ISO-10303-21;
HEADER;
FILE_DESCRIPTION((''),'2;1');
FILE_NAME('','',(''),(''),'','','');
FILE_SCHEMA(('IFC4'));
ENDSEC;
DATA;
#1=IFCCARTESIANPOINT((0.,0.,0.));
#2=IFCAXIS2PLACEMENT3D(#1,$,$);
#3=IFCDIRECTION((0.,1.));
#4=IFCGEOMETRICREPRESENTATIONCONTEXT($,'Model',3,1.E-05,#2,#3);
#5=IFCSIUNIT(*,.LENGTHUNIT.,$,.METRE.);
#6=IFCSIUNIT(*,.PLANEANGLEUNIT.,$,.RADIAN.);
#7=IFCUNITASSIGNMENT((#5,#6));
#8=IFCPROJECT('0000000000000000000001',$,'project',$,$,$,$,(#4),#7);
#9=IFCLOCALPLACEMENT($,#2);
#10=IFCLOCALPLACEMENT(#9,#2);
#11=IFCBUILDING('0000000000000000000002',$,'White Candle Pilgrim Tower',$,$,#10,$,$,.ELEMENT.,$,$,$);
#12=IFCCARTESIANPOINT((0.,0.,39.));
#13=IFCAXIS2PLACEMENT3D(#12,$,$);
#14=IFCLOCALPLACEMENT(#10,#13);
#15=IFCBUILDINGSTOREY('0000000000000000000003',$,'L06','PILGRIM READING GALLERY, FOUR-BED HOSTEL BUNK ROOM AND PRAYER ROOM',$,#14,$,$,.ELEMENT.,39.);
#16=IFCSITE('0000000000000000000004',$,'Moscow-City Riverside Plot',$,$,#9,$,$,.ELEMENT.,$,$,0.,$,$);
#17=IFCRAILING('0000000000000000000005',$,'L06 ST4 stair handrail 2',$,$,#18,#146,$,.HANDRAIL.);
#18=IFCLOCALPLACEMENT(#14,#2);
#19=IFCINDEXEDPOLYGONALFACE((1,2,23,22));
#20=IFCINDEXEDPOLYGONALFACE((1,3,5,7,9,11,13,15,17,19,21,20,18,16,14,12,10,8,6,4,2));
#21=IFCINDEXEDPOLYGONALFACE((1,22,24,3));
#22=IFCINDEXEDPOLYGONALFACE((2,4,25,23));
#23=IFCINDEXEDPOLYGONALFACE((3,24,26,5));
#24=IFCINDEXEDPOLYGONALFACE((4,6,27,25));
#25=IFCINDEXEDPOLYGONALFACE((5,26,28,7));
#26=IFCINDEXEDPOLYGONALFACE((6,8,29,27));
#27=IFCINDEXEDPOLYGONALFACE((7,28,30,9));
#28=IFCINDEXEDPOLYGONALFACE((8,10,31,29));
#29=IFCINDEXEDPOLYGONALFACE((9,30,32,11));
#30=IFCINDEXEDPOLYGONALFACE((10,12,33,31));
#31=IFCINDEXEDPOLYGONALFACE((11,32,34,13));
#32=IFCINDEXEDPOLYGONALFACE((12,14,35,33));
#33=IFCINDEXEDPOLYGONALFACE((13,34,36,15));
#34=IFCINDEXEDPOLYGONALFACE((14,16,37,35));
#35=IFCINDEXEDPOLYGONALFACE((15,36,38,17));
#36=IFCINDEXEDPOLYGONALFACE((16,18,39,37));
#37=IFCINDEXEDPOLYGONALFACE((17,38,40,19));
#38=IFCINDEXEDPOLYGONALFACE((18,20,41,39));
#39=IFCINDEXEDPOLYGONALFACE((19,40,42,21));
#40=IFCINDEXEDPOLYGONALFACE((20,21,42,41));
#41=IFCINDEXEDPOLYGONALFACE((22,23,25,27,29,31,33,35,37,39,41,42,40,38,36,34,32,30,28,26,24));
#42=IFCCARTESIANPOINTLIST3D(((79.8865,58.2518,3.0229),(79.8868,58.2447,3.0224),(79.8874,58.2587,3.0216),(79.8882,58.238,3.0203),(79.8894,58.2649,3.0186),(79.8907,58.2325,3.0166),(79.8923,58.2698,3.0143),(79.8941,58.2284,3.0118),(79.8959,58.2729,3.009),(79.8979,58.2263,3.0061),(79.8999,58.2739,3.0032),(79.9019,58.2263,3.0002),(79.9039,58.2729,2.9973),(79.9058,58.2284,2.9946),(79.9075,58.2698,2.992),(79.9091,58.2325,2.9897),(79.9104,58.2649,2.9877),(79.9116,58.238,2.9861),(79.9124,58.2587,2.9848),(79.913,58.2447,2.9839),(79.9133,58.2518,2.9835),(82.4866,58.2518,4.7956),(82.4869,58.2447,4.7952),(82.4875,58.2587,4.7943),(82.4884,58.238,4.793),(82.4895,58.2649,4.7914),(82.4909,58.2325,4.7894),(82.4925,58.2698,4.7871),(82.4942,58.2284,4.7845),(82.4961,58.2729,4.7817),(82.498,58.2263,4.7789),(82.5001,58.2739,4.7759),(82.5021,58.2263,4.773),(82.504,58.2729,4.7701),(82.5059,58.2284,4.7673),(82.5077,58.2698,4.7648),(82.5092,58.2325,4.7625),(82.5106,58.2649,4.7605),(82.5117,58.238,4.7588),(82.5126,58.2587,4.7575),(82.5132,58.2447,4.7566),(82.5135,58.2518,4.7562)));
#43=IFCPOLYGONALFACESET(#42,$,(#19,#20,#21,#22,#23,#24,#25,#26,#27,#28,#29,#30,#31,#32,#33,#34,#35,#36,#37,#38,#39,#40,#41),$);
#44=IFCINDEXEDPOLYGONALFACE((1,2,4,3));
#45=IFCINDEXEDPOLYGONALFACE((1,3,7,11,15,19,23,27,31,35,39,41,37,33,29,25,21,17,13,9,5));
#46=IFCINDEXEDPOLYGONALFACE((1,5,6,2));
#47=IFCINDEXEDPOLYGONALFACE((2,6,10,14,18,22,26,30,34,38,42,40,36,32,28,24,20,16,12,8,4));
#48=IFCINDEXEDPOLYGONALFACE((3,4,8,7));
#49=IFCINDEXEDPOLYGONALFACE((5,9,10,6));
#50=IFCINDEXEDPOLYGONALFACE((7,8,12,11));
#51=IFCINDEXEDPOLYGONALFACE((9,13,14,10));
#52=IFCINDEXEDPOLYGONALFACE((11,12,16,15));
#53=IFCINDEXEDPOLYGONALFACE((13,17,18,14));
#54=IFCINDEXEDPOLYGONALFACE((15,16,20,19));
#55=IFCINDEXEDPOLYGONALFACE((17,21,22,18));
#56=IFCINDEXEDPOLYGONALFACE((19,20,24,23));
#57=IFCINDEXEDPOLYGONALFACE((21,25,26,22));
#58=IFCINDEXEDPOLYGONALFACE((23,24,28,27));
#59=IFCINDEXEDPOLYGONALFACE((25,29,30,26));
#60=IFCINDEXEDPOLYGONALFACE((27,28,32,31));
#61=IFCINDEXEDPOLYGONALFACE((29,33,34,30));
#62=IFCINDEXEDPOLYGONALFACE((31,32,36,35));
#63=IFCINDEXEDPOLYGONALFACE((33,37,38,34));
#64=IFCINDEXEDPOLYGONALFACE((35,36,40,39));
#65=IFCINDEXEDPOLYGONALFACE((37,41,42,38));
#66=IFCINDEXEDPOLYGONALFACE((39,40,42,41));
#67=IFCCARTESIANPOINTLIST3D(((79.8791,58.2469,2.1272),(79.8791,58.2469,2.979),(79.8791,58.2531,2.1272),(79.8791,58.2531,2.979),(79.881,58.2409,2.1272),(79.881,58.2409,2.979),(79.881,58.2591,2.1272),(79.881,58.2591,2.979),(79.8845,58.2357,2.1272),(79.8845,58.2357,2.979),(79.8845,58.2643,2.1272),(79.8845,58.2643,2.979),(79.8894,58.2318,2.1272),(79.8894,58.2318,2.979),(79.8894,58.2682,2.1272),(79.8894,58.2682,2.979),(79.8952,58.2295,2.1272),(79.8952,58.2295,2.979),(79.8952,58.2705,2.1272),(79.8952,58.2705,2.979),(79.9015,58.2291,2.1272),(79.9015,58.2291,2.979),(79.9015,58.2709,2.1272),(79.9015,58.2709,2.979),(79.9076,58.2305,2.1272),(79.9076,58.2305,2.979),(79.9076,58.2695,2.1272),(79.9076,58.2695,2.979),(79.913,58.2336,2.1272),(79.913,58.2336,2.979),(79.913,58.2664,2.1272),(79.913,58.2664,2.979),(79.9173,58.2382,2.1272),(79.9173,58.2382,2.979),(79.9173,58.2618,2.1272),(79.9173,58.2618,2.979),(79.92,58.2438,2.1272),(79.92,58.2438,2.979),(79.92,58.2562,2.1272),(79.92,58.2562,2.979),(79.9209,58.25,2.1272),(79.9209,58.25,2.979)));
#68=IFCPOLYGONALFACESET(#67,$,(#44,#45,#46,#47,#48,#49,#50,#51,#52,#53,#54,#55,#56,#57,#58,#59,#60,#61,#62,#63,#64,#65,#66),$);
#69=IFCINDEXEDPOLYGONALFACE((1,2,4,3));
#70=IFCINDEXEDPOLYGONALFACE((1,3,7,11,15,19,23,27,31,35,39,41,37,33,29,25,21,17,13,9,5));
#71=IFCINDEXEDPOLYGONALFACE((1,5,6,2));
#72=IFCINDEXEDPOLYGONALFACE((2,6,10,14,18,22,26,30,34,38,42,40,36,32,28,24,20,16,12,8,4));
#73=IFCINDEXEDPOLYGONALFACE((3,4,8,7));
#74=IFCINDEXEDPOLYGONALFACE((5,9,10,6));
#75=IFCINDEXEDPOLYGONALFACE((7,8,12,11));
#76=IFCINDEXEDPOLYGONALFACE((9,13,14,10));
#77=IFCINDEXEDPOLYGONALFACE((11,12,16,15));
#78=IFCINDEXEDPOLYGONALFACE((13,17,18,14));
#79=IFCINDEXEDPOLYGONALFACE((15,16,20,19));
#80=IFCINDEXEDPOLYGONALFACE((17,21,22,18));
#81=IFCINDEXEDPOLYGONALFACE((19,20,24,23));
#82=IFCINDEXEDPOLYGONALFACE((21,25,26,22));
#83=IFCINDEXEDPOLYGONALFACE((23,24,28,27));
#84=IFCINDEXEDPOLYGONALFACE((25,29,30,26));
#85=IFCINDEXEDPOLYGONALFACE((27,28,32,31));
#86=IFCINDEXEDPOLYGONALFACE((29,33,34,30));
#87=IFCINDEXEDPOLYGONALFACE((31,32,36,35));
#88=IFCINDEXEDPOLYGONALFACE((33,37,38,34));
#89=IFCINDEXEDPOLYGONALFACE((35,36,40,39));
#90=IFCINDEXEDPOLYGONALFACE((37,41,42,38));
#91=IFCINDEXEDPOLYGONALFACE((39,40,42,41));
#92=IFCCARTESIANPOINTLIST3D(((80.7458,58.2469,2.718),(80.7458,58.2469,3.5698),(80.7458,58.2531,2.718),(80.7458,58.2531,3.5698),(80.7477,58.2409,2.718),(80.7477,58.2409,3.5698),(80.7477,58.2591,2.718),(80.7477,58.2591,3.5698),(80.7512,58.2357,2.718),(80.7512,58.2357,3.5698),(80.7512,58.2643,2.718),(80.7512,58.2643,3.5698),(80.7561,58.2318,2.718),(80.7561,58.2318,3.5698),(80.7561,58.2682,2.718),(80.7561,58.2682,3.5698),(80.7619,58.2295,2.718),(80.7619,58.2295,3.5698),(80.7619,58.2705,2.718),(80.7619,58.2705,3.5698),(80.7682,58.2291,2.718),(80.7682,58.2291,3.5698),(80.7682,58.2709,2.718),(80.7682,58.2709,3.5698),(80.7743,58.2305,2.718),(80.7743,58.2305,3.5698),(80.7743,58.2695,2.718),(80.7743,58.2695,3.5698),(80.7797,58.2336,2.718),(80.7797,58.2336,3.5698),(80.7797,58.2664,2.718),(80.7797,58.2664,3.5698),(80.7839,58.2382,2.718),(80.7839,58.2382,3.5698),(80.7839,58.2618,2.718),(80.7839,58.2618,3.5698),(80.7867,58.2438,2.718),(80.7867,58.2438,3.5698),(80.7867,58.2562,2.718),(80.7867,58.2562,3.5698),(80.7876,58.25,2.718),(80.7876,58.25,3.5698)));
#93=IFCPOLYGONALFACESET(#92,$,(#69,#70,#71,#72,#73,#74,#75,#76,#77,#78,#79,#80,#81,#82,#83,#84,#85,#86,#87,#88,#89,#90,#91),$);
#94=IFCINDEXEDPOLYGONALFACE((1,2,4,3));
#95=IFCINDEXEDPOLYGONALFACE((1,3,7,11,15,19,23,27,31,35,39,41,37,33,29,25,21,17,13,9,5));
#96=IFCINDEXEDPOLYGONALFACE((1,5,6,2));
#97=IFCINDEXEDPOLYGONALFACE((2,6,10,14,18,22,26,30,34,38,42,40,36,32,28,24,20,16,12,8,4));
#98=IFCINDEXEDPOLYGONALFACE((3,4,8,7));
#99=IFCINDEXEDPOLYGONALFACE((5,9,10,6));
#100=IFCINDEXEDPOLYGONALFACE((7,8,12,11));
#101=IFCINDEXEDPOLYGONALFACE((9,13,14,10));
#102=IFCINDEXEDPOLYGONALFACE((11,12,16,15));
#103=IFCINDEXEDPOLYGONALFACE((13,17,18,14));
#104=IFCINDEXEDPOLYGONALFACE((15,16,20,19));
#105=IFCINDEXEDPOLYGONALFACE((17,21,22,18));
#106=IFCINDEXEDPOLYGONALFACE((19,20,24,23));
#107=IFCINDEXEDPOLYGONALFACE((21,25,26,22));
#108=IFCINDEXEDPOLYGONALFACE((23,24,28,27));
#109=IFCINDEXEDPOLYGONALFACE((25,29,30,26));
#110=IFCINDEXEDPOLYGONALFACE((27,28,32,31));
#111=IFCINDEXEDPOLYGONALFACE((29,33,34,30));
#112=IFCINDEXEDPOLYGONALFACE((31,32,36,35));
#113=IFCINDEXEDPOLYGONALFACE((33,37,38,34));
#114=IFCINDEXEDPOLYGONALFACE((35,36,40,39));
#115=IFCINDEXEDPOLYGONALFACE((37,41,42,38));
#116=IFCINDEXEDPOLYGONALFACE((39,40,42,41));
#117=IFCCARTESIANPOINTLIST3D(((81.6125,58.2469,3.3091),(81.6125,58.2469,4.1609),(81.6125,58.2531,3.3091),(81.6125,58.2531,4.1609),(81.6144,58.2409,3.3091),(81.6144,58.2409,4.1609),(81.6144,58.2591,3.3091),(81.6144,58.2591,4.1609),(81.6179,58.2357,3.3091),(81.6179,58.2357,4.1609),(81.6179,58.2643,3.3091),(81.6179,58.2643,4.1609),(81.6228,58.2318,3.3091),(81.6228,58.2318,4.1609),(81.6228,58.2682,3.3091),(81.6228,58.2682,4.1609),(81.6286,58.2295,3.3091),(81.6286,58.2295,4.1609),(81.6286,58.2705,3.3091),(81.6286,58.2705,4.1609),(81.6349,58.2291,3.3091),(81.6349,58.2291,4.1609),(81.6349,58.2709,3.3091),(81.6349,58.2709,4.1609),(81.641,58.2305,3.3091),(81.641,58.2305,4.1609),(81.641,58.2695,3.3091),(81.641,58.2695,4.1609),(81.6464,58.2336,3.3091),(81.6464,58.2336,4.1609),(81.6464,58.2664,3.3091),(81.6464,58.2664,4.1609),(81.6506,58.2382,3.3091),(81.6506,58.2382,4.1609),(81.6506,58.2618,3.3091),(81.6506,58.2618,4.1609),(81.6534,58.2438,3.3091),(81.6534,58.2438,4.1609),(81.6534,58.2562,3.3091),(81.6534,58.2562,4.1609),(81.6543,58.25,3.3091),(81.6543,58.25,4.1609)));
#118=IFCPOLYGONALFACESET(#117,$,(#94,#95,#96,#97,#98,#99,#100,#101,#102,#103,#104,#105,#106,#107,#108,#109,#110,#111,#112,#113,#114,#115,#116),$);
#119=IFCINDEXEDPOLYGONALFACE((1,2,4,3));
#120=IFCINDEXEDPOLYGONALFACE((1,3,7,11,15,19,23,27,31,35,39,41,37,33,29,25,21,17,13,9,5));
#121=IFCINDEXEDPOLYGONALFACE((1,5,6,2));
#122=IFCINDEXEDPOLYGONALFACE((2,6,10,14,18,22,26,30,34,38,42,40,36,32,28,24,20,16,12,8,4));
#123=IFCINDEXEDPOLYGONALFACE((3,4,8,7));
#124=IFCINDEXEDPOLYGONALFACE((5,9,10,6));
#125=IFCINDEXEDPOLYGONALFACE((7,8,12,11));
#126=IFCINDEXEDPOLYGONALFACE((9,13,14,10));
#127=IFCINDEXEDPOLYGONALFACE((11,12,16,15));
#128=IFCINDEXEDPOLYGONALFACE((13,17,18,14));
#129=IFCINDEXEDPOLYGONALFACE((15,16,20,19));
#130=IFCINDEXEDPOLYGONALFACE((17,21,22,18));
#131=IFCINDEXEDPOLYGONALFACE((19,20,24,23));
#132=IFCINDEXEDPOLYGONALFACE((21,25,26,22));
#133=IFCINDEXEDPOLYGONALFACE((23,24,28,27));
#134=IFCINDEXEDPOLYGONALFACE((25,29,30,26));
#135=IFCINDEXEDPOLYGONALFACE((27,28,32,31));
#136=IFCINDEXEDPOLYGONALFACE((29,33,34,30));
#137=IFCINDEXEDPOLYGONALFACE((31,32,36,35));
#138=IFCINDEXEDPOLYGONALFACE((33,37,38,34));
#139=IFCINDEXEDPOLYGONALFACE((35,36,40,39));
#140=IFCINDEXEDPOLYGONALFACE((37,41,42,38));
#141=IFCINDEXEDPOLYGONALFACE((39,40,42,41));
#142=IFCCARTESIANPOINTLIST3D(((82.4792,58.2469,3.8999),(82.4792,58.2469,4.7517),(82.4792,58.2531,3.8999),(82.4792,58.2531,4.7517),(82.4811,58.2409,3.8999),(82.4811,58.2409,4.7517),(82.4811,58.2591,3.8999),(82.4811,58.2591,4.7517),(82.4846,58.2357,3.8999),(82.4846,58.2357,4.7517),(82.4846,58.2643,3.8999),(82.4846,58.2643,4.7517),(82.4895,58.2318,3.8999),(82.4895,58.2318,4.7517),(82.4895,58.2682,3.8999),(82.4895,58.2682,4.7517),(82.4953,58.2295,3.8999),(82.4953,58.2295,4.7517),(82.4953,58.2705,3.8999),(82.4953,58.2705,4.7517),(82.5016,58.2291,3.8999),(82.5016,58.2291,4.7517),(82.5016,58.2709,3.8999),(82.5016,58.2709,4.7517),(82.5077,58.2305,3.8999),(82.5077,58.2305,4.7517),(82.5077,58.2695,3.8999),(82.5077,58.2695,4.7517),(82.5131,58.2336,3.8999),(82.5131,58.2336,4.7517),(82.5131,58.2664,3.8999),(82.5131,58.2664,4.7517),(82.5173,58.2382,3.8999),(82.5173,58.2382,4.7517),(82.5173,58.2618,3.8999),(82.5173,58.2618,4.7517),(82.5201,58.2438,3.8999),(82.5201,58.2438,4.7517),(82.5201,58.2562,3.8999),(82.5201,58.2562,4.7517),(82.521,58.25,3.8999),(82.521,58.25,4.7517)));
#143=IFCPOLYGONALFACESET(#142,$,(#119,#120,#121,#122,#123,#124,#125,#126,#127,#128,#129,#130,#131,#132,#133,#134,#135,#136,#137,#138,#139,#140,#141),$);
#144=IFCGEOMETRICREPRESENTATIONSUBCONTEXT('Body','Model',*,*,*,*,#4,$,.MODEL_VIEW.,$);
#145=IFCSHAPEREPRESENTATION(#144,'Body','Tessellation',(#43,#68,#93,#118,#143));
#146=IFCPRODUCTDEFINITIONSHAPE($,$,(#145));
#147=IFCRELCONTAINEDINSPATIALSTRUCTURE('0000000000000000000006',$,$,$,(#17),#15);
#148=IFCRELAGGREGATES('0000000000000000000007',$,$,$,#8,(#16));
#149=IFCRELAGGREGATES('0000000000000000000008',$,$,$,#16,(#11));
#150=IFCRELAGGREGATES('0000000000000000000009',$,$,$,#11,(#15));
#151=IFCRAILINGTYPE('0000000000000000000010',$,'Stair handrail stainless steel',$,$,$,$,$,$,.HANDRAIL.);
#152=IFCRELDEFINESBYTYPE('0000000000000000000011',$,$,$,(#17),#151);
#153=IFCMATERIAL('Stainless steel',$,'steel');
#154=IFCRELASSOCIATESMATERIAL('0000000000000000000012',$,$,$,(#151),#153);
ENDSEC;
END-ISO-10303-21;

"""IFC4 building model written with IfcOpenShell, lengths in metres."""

from ifc_helpers import new_model, si_unit, direction, frame, origin, origin_2d, place, context, subcontext, project, spatial, circle, extrude, material, type_object, element, save


model = new_model("IFC4")

# Units and contexts
model_context = context("Model", 3, precision=1e-05, world=origin(), true_north=direction((0.0, 1.0)))
body_context = subcontext(model_context, "Body", "Model", "MODEL_VIEW")
ifc_project = project(units=[si_unit("LENGTHUNIT", "METRE"), si_unit("PLANEANGLEUNIT", "RADIAN")], contexts=[model_context])

# Site, building, storey
site_placement = place(None, origin())
site = spatial("IfcSite", under=ifc_project, at=site_placement, Name="Moscow-City Riverside Plot", CompositionType="ELEMENT", RefElevation=0.0)
building_placement = place(site_placement, origin())
building = spatial("IfcBuilding", under=site, at=building_placement, Name="White Candle Pilgrim Tower", CompositionType="ELEMENT")
storey_placement = place(building_placement, frame((0.0, 0.0, 39.0)))
storey = spatial("IfcBuildingStorey", under=building, at=storey_placement, Name="L06", Description="PILGRIM READING GALLERY, FOUR-BED HOSTEL BUNK ROOM AND PRAYER ROOM", CompositionType="ELEMENT", Elevation=39.0)

# Railing
ifc_material_1 = material(Name="Stainless steel", Category="steel")
railing_type_1 = type_object("IfcRailingType", Name="Stair handrail stainless steel", PredefinedType="HANDRAIL", material=ifc_material_1)
railing_1_placement = place(storey_placement, frame((79.8999, 58.25, 2.1272)))
element("IfcRailing", 1, at=railing_1_placement, inside=storey, type_object=railing_type_1, Name="L06 ST4 stair handrail 2", PredefinedType="HANDRAIL", context=body_context, shape_type="SweptSolid", body=[
    extrude(circle(Radius=0.0239, at=origin_2d()), frame((0.0, 0.0, 0.876), z_axis=(0.82624, 0.0, 0.563318), x_axis=(0.0, 1.0, 0.0)), (0.0, 0.0, 1.0), 3.147),
    extrude(circle(Radius=0.021, at=origin_2d()), origin(), (0.0, 0.0, 1.0), 0.8518),
    extrude(circle(Radius=0.021, at=origin_2d()), frame((0.8667, 0.0, 0.5908)), (0.0, 0.0, 1.0), 0.8518),
    extrude(circle(Radius=0.021, at=origin_2d()), frame((1.7334, 0.0, 1.1819)), (0.0, 0.0, 1.0), 0.8518),
    extrude(circle(Radius=0.021, at=origin_2d()), frame((2.6001, 0.0, 1.7727)), (0.0, 0.0, 1.0), 0.8518),
])

save(model, "model.ifc")
